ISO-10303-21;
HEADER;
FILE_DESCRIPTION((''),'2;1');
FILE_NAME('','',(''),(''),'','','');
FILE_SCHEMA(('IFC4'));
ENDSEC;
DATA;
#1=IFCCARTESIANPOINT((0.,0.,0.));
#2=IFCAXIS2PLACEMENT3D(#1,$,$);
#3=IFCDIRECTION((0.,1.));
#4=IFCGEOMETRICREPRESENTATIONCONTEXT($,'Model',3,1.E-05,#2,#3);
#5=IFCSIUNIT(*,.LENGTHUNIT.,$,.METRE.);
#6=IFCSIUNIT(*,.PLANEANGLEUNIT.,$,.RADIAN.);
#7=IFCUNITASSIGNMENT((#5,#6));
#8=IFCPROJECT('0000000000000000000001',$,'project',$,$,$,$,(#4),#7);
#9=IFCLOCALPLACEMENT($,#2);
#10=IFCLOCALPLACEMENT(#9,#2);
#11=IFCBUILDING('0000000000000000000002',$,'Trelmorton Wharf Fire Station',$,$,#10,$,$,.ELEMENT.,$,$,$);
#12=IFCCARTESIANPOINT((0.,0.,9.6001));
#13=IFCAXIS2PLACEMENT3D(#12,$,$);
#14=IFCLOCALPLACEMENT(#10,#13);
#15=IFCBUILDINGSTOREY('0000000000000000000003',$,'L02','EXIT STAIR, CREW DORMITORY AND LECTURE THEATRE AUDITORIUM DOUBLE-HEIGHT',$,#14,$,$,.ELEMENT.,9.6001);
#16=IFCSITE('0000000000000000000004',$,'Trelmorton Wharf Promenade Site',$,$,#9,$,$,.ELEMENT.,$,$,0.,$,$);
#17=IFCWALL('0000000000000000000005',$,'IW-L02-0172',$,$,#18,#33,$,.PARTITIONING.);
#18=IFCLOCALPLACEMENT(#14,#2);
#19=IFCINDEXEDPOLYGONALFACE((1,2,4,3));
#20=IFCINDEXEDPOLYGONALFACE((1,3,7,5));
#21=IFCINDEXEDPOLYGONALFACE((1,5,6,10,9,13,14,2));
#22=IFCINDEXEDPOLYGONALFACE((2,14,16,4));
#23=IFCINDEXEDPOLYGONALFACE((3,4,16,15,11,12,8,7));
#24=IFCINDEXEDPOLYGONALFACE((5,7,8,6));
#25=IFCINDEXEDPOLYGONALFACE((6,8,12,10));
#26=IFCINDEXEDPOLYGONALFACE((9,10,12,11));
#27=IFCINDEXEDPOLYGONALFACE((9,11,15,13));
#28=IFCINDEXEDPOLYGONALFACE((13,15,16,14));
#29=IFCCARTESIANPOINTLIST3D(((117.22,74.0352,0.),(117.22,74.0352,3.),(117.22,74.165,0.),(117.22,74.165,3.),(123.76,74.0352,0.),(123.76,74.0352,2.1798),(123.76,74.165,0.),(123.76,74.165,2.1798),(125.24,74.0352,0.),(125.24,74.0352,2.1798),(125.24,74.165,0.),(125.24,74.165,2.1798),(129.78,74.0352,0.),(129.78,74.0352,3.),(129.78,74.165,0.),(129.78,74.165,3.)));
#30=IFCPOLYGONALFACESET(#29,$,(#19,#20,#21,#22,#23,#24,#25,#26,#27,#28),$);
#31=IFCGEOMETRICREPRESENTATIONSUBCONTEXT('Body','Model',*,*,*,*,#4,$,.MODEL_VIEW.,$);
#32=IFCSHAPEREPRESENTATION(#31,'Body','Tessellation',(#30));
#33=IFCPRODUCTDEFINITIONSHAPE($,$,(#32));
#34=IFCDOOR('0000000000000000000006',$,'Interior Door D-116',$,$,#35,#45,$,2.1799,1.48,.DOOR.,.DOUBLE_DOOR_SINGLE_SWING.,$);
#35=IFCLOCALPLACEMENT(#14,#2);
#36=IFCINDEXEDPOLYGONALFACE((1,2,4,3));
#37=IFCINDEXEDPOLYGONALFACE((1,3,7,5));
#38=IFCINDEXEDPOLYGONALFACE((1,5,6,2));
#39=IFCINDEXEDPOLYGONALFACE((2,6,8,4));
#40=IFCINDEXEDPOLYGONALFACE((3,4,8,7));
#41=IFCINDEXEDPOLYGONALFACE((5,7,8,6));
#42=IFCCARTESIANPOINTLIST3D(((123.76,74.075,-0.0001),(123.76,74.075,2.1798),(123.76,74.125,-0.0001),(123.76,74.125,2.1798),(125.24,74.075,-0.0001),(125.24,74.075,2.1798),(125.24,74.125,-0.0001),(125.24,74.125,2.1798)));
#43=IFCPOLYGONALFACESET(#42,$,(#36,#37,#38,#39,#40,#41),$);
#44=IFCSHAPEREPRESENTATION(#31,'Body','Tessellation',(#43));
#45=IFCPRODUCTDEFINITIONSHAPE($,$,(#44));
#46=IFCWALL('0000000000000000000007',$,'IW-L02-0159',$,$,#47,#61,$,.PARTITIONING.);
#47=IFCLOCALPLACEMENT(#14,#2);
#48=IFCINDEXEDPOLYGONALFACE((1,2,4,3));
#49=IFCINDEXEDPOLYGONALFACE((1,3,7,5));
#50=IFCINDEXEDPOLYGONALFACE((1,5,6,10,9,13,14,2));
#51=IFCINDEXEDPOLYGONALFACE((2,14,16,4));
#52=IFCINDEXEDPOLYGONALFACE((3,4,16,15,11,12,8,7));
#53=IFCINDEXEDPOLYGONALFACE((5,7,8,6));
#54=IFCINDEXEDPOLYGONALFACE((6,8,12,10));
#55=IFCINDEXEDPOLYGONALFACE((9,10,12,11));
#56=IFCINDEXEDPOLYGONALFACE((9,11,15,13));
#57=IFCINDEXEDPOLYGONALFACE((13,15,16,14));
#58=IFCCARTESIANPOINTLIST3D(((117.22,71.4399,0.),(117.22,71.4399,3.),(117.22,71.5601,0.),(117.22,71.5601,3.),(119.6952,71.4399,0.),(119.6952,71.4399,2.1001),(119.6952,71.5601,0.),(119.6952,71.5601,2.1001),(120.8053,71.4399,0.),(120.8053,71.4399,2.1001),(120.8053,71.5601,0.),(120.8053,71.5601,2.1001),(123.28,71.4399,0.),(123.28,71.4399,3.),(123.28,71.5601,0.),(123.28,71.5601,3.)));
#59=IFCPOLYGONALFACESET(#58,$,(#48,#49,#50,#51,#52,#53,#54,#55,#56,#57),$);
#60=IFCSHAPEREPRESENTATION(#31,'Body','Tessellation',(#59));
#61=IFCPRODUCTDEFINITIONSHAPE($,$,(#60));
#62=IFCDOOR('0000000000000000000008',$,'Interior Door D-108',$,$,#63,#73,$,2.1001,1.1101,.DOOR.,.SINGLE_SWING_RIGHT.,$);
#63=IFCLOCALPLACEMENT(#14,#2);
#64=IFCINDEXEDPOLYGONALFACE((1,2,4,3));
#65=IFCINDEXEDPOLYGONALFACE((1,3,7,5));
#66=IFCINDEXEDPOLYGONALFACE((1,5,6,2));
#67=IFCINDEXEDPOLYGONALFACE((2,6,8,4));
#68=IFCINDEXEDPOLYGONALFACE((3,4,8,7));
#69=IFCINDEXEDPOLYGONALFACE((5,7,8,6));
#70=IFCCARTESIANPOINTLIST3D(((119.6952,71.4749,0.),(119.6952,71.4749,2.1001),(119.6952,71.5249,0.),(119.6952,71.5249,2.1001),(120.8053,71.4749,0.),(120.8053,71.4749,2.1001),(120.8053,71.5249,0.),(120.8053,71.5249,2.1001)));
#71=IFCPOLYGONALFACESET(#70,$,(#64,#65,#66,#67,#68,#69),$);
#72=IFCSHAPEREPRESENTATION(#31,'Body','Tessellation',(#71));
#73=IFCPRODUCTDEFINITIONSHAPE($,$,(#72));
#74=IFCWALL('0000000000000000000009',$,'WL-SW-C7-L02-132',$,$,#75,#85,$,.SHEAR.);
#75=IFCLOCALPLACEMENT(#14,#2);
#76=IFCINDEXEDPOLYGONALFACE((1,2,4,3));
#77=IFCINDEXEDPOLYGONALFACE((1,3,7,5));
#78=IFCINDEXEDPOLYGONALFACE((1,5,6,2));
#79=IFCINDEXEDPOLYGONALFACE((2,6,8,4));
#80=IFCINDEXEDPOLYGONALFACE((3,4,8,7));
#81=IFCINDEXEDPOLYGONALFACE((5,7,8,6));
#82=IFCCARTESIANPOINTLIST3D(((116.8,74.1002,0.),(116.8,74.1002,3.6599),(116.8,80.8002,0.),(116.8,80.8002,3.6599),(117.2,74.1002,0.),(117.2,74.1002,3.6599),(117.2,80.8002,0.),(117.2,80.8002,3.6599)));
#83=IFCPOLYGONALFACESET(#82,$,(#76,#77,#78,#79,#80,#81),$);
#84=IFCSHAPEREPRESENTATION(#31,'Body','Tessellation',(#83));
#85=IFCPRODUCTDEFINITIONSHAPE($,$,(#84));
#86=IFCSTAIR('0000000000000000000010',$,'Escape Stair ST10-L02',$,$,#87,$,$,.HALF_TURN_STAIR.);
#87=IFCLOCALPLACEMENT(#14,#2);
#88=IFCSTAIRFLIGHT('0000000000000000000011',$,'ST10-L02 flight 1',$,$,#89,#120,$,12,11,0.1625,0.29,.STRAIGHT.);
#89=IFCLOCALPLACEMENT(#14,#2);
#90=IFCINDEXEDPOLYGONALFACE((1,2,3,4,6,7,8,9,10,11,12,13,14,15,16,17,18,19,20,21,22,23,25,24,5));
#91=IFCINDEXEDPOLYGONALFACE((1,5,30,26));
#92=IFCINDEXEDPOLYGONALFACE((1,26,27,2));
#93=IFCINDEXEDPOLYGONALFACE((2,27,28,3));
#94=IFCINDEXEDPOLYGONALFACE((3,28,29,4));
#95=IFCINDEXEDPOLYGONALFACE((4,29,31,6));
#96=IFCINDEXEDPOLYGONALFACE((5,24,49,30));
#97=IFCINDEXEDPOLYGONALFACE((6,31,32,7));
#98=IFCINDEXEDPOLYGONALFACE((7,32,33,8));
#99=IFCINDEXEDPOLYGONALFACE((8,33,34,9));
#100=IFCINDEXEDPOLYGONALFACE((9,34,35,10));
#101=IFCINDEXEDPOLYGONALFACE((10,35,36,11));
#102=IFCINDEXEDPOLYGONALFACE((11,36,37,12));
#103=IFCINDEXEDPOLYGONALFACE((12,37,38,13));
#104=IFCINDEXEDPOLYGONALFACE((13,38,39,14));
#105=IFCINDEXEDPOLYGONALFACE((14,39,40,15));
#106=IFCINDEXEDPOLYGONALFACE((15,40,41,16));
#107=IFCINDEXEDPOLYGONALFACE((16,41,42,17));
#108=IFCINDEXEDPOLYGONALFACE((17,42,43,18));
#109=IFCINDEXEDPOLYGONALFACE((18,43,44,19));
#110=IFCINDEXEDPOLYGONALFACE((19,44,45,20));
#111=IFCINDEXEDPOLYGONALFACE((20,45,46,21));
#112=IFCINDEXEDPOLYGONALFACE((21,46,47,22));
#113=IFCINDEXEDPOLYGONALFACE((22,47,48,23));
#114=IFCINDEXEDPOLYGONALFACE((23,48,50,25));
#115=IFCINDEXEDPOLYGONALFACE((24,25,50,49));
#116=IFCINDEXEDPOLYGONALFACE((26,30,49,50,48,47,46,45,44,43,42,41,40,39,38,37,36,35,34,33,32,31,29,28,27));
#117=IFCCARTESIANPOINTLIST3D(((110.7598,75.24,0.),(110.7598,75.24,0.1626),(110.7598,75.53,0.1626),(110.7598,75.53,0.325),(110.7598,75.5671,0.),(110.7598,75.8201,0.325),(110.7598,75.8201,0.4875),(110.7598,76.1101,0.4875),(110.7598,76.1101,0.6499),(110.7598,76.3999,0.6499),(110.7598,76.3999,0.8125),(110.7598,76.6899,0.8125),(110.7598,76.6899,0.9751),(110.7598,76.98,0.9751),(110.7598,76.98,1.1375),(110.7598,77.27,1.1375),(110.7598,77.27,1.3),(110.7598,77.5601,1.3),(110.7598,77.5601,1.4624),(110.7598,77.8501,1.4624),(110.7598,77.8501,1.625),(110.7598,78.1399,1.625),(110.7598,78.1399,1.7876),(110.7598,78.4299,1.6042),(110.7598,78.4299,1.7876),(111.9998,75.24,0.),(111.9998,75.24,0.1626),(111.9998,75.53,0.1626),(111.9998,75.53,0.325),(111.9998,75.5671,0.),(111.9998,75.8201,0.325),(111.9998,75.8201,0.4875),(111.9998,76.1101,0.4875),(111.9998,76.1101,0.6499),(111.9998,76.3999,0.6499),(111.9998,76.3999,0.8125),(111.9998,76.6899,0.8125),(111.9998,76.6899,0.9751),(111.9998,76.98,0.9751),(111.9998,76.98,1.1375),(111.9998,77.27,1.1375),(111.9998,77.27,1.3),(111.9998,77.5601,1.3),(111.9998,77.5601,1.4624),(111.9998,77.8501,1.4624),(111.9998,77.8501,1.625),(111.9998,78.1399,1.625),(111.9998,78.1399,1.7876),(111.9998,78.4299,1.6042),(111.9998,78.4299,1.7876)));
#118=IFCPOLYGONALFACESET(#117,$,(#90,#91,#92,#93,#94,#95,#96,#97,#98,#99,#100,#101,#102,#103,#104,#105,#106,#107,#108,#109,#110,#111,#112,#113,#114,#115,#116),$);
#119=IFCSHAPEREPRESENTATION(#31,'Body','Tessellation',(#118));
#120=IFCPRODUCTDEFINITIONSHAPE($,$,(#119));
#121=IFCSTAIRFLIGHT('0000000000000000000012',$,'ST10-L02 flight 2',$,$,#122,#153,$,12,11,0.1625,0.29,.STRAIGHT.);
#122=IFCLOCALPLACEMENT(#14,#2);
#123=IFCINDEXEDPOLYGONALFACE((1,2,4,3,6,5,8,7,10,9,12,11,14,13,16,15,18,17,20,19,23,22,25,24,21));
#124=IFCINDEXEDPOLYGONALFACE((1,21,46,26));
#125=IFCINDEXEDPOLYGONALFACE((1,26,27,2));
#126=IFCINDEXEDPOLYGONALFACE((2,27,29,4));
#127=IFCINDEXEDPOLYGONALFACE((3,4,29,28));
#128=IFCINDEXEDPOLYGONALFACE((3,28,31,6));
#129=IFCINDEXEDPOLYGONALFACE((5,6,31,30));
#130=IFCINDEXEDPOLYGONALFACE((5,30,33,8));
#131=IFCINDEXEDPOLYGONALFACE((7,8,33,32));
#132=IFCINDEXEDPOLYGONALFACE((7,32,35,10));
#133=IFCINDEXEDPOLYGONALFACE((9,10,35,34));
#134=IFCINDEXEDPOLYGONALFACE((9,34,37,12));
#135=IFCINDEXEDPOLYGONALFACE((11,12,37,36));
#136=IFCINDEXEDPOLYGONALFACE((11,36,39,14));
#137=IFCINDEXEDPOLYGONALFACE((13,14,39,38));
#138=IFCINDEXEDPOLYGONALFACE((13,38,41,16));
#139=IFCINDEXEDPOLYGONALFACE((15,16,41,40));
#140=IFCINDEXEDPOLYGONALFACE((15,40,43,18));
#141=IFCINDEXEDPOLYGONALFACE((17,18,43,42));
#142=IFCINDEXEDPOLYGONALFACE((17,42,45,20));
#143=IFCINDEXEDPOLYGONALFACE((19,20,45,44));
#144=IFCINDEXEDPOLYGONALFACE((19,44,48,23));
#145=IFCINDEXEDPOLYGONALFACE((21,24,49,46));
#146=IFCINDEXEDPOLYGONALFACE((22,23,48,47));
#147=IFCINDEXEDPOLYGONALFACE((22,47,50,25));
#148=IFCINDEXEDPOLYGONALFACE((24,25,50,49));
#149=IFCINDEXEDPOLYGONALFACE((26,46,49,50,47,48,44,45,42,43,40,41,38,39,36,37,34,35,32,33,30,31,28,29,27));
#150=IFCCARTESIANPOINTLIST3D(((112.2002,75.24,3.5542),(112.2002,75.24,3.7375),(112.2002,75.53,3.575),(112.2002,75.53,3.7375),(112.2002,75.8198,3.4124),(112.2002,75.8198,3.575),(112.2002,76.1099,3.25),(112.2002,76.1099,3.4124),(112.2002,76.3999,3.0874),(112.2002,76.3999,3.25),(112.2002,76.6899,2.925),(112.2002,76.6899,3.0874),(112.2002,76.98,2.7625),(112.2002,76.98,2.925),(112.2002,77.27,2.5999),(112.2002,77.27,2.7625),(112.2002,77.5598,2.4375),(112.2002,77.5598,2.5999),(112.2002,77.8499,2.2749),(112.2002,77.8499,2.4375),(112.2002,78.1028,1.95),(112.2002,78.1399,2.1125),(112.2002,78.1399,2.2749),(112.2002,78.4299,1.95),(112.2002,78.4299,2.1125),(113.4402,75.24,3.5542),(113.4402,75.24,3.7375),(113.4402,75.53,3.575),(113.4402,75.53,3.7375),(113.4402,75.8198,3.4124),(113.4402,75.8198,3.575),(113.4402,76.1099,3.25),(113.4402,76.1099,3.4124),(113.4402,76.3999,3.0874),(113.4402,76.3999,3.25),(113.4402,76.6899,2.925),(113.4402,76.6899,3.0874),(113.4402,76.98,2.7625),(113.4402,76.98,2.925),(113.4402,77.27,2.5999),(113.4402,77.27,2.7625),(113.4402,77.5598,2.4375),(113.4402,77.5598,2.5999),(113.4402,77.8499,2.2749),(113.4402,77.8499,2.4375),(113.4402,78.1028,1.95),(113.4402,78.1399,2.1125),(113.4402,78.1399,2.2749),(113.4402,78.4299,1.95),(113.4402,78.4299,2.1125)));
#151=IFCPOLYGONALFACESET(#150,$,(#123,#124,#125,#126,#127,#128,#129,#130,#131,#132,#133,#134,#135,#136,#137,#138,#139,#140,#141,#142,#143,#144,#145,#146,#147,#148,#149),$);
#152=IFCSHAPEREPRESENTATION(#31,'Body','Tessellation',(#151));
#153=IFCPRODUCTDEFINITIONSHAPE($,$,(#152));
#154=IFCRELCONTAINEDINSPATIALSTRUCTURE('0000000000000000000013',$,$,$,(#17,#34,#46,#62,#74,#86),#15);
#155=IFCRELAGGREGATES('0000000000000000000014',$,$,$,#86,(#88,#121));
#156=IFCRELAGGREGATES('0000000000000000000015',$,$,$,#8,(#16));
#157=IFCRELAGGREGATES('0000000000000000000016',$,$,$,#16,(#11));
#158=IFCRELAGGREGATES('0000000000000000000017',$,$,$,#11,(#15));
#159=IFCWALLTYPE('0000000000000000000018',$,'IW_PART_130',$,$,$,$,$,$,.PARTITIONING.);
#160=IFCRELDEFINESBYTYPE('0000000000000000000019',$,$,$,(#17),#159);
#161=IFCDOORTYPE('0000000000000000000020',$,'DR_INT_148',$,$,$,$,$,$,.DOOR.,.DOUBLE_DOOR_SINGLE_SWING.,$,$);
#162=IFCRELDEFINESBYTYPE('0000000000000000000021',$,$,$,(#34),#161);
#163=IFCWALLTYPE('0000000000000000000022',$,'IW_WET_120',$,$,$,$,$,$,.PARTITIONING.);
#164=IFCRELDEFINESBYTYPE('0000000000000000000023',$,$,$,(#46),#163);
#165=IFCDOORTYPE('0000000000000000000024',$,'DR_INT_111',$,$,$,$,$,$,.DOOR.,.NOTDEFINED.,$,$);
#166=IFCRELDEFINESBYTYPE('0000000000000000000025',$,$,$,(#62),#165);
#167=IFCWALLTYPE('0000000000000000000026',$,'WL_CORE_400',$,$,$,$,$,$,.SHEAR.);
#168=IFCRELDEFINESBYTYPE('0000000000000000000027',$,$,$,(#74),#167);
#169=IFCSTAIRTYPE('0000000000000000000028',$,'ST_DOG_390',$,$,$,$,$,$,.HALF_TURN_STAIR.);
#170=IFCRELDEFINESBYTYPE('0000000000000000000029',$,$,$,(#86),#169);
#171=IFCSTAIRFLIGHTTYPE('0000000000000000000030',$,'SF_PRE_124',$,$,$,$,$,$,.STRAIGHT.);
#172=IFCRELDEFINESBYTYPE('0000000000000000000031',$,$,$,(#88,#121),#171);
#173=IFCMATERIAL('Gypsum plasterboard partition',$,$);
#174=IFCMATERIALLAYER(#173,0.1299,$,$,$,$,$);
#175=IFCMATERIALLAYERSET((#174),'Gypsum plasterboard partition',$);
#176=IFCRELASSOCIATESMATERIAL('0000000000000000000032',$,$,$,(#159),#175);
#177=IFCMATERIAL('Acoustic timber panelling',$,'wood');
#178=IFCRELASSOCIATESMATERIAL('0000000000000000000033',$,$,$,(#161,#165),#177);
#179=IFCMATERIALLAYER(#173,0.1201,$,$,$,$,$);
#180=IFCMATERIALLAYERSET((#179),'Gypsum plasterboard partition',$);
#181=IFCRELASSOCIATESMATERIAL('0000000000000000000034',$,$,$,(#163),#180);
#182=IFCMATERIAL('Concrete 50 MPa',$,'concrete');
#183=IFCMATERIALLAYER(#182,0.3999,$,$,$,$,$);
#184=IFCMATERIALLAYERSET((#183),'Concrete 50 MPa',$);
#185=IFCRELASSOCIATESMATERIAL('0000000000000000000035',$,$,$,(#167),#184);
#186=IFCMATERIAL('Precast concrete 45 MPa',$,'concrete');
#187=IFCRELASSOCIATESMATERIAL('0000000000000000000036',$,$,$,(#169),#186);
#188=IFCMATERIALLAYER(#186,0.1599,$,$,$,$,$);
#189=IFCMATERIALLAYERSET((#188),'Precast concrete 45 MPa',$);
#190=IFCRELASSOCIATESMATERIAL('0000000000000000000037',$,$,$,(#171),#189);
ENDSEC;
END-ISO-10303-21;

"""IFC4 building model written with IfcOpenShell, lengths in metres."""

from ifc_helpers import new_model, si_unit, direction, frame, frame_2d, origin, place, context, subcontext, project, spatial, polyline, rectangle, outline, extrude, material, layer, layer_set, type_object, element, fill, aggregate, save


model = new_model("IFC4")

# Units and contexts
model_context = context("Model", 3, precision=1e-05, world=origin(), true_north=direction((0.0, 1.0)))
body_context = subcontext(model_context, "Body", "Model", "MODEL_VIEW")
ifc_project = project(units=[si_unit("LENGTHUNIT", "METRE"), si_unit("PLANEANGLEUNIT", "RADIAN")], contexts=[model_context])

# Site, building, storey
site_placement = place(None, origin())
site = spatial("IfcSite", under=ifc_project, at=site_placement, Name="Trelmorton Wharf Promenade Site", CompositionType="ELEMENT", RefElevation=0.0)
building_placement = place(site_placement, origin())
building = spatial("IfcBuilding", under=site, at=building_placement, Name="Trelmorton Wharf Fire Station", CompositionType="ELEMENT")
storey_placement = place(building_placement, frame((0.0, 0.0, 9.6001)))
storey = spatial("IfcBuildingStorey", under=building, at=storey_placement, Name="L02", Description="EXIT STAIR, CREW DORMITORY AND LECTURE THEATRE AUDITORIUM DOUBLE-HEIGHT", CompositionType="ELEMENT", Elevation=9.6001)

# Walls, openings, doors
ifc_material_1 = material(Name="Gypsum plasterboard partition")
ifc_layer_1 = layer(ifc_material_1, 0.1299)
ifc_layer_set_1 = layer_set([ifc_layer_1], Name="Gypsum plasterboard partition")
wall_type_1 = type_object("IfcWallType", Name="IW_PART_130", PredefinedType="PARTITIONING", material=ifc_layer_set_1)
wall_1_placement = place(storey_placement, frame((117.22, 74.1001, 0.0), z_axis=(0.0, 0.0, 1.0), x_axis=(1.0, 0.0, 0.0)))
wall_1 = element("IfcWall", 1, at=wall_1_placement, inside=storey, type_object=wall_type_1, Name="IW-L02-0172", PredefinedType="PARTITIONING", context=body_context, shape_type="SweptSolid", body=[
    extrude(rectangle(XDim=12.5601, YDim=0.1299, at=frame_2d((6.28, 0.0))), origin(), (0.0, 0.0, 1.0), 3.0),
])
opening_1_placement = place(wall_1_placement, frame((6.54, 0.0, 0.0)))
opening_1 = element("IfcOpeningElement", 2, at=opening_1_placement, cuts=wall_1, PredefinedType="OPENING", context=body_context, shape_type="SweptSolid", body=[
    extrude(rectangle(XDim=1.48, YDim=2.1799, at=frame_2d((0.74, 1.0898))), frame((0.0, 0.075, 0.0), z_axis=(0.0, -1.0, 0.0), x_axis=(1.0, 0.0, 0.0)), (0.0, 0.0, 1.0), 0.1499),
])
ifc_material_2 = material(Name="Acoustic timber panelling", Category="wood")
door_type_1 = type_object("IfcDoorType", Name="DR_INT_148", OperationType="DOUBLE_DOOR_SINGLE_SWING", PredefinedType="DOOR", material=ifc_material_2)
door_1_placement = place(opening_1_placement, origin())
door_1 = element("IfcDoor", 3, at=door_1_placement, inside=storey, type_object=door_type_1, Name="Interior Door D-116", OperationType="DOUBLE_DOOR_SINGLE_SWING", OverallHeight=2.1799, OverallWidth=1.48, PredefinedType="DOOR", context=body_context, shape_type="SweptSolid", body=[
    extrude(rectangle(XDim=1.48, YDim=2.1799, at=frame_2d((0.74, 1.0898))), frame((0.0, 0.0249, 0.0), z_axis=(0.0, -1.0, 0.0), x_axis=(1.0, 0.0, 0.0)), (0.0, 0.0, 1.0), 0.05),
])
fill(opening_1, door_1)
ifc_layer_2 = layer(ifc_material_1, 0.1201)
ifc_layer_set_2 = layer_set([ifc_layer_2], Name="Gypsum plasterboard partition")
wall_type_2 = type_object("IfcWallType", Name="IW_WET_120", PredefinedType="PARTITIONING", material=ifc_layer_set_2)
wall_2_placement = place(storey_placement, frame((117.22, 71.5, 0.0), z_axis=(0.0, 0.0, 1.0), x_axis=(1.0, 0.0, 0.0)))
wall_2 = element("IfcWall", 4, at=wall_2_placement, inside=storey, type_object=wall_type_2, Name="IW-L02-0159", PredefinedType="PARTITIONING", context=body_context, shape_type="SweptSolid", body=[
    extrude(rectangle(XDim=6.0601, YDim=0.1201, at=frame_2d((3.03, 0.0))), origin(), (0.0, 0.0, 1.0), 3.0),
])
opening_2_placement = place(wall_2_placement, frame((2.4751, 0.0, 0.0)))
opening_2 = element("IfcOpeningElement", 5, at=opening_2_placement, cuts=wall_2, PredefinedType="OPENING", context=body_context, shape_type="SweptSolid", body=[
    extrude(rectangle(XDim=1.1101, YDim=2.1001, at=frame_2d((0.5552, 1.05))), frame((0.0, 0.0701, 0.0), z_axis=(0.0, -1.0, 0.0), x_axis=(1.0, 0.0, 0.0)), (0.0, 0.0, 1.0), 0.1401),
])
door_type_2 = type_object("IfcDoorType", Name="DR_INT_111", OperationType="NOTDEFINED", PredefinedType="DOOR", material=ifc_material_2)
door_2_placement = place(opening_2_placement, origin())
door_2 = element("IfcDoor", 6, at=door_2_placement, inside=storey, type_object=door_type_2, Name="Interior Door D-108", OperationType="SINGLE_SWING_RIGHT", OverallHeight=2.1001, OverallWidth=1.1101, PredefinedType="DOOR", context=body_context, shape_type="SweptSolid", body=[
    extrude(rectangle(XDim=1.1101, YDim=2.1001, at=frame_2d((0.5552, 1.05))), frame((0.0, 0.0249, 0.0), z_axis=(0.0, -1.0, 0.0), x_axis=(1.0, 0.0, 0.0)), (0.0, 0.0, 1.0), 0.05),
])
fill(opening_2, door_2)

# Wall
ifc_material_3 = material(Name="Concrete 50 MPa", Category="concrete")
ifc_layer_3 = layer(ifc_material_3, 0.3999)
ifc_layer_set_3 = layer_set([ifc_layer_3], Name="Concrete 50 MPa")
wall_type_3 = type_object("IfcWallType", Name="WL_CORE_400", PredefinedType="SHEAR", material=ifc_layer_set_3)
wall_3_placement = place(storey_placement, frame((117.0, 74.1001, 0.0), z_axis=(0.0, 0.0, 1.0), x_axis=(0.0, 1.0, 0.0)))
element("IfcWall", 7, at=wall_3_placement, inside=storey, type_object=wall_type_3, Name="WL-SW-C7-L02-132", PredefinedType="SHEAR", context=body_context, shape_type="SweptSolid", body=[
    extrude(rectangle(XDim=6.7, YDim=0.3999, at=frame_2d((3.3501, 0.0))), origin(), (0.0, 0.0, 1.0), 3.6599),
])

# Stair, stair flights
ifc_material_4 = material(Name="Precast concrete 45 MPa", Category="concrete")
stair_type = type_object("IfcStairType", Name="ST_DOG_390", PredefinedType="HALF_TURN_STAIR", material=ifc_material_4)
stair_placement = place(storey_placement, origin())
stair = element("IfcStair", 8, at=stair_placement, inside=storey, type_object=stair_type, Name="Escape Stair ST10-L02", PredefinedType="HALF_TURN_STAIR")
ifc_layer_4 = layer(ifc_material_4, 0.1599)
ifc_layer_set_4 = layer_set([ifc_layer_4], Name="Precast concrete 45 MPa")
stair_flight_type = type_object("IfcStairFlightType", Name="SF_PRE_124", PredefinedType="STRAIGHT", material=ifc_layer_set_4)
stair_flight_1_placement = place(storey_placement, frame((111.3799, 75.24, 0.0), z_axis=(0.0, 0.0, 1.0), x_axis=(0.0, 1.0, 0.0)))
stair_flight_1 = element("IfcStairFlight", 9, at=stair_flight_1_placement, type_object=stair_flight_type, Name="ST10-L02 flight 1", NumberOfRisers=12, NumberOfTreads=11, PredefinedType="STRAIGHT", RiserHeight=0.1625, TreadLength=0.29, context=body_context, shape_type="SweptSolid", body=[
    extrude(outline(polyline([(0.0, 0.0), (0.0, 0.1626), (0.29, 0.1626), (0.29, 0.325), (0.5801, 0.325), (0.5801, 0.4875), (0.8701, 0.4875), (0.8701, 0.6499), (1.1599, 0.6499), (1.1599, 0.8125), (1.45, 0.8125), (1.45, 0.9751), (1.74, 0.9751), (1.74, 1.1375), (2.03, 1.1375), (2.03, 1.3), (2.3201, 1.3), (2.3201, 1.4624), (2.6101, 1.4624), (2.6101, 1.625), (2.8999, 1.625), (2.8999, 1.7876), (3.1899, 1.7876), (3.1899, 1.95), (3.1899, 1.6042), (0.3271, 0.0), (0.0, 0.0)])), frame((0.0, 0.6201, 0.0), z_axis=(0.0, -1.0, 0.0), x_axis=(1.0, 0.0, 0.0)), (0.0, 0.0, 1.0), 1.24),
])
stair_flight_2_placement = place(storey_placement, frame((112.8201, 78.4299, 1.95), z_axis=(0.0, 0.0, 1.0), x_axis=(0.0, -1.0, 0.0)))
stair_flight_2 = element("IfcStairFlight", 10, at=stair_flight_2_placement, type_object=stair_flight_type, Name="ST10-L02 flight 2", NumberOfRisers=12, NumberOfTreads=11, PredefinedType="STRAIGHT", RiserHeight=0.1625, TreadLength=0.29, context=body_context, shape_type="SweptSolid", body=[
    extrude(outline(polyline([(0.0, 0.0), (0.0, 0.1626), (0.29, 0.1626), (0.29, 0.325), (0.5801, 0.325), (0.5801, 0.4875), (0.8701, 0.4875), (0.8701, 0.6499), (1.1599, 0.6499), (1.1599, 0.8125), (1.45, 0.8125), (1.45, 0.9751), (1.74, 0.9751), (1.74, 1.1375), (2.03, 1.1375), (2.03, 1.3), (2.3201, 1.3), (2.3201, 1.4624), (2.6101, 1.4624), (2.6101, 1.625), (2.8999, 1.625), (2.8999, 1.7876), (3.1899, 1.7876), (3.1899, 1.95), (3.1899, 1.6042), (0.3271, 0.0), (0.0, 0.0)])), frame((0.0, 0.6201, 0.0), z_axis=(0.0, -1.0, 0.0), x_axis=(1.0, 0.0, 0.0)), (0.0, 0.0, 1.0), 1.24),
])
aggregate(stair, [stair_flight_1, stair_flight_2])

save(model, "model.ifc")
